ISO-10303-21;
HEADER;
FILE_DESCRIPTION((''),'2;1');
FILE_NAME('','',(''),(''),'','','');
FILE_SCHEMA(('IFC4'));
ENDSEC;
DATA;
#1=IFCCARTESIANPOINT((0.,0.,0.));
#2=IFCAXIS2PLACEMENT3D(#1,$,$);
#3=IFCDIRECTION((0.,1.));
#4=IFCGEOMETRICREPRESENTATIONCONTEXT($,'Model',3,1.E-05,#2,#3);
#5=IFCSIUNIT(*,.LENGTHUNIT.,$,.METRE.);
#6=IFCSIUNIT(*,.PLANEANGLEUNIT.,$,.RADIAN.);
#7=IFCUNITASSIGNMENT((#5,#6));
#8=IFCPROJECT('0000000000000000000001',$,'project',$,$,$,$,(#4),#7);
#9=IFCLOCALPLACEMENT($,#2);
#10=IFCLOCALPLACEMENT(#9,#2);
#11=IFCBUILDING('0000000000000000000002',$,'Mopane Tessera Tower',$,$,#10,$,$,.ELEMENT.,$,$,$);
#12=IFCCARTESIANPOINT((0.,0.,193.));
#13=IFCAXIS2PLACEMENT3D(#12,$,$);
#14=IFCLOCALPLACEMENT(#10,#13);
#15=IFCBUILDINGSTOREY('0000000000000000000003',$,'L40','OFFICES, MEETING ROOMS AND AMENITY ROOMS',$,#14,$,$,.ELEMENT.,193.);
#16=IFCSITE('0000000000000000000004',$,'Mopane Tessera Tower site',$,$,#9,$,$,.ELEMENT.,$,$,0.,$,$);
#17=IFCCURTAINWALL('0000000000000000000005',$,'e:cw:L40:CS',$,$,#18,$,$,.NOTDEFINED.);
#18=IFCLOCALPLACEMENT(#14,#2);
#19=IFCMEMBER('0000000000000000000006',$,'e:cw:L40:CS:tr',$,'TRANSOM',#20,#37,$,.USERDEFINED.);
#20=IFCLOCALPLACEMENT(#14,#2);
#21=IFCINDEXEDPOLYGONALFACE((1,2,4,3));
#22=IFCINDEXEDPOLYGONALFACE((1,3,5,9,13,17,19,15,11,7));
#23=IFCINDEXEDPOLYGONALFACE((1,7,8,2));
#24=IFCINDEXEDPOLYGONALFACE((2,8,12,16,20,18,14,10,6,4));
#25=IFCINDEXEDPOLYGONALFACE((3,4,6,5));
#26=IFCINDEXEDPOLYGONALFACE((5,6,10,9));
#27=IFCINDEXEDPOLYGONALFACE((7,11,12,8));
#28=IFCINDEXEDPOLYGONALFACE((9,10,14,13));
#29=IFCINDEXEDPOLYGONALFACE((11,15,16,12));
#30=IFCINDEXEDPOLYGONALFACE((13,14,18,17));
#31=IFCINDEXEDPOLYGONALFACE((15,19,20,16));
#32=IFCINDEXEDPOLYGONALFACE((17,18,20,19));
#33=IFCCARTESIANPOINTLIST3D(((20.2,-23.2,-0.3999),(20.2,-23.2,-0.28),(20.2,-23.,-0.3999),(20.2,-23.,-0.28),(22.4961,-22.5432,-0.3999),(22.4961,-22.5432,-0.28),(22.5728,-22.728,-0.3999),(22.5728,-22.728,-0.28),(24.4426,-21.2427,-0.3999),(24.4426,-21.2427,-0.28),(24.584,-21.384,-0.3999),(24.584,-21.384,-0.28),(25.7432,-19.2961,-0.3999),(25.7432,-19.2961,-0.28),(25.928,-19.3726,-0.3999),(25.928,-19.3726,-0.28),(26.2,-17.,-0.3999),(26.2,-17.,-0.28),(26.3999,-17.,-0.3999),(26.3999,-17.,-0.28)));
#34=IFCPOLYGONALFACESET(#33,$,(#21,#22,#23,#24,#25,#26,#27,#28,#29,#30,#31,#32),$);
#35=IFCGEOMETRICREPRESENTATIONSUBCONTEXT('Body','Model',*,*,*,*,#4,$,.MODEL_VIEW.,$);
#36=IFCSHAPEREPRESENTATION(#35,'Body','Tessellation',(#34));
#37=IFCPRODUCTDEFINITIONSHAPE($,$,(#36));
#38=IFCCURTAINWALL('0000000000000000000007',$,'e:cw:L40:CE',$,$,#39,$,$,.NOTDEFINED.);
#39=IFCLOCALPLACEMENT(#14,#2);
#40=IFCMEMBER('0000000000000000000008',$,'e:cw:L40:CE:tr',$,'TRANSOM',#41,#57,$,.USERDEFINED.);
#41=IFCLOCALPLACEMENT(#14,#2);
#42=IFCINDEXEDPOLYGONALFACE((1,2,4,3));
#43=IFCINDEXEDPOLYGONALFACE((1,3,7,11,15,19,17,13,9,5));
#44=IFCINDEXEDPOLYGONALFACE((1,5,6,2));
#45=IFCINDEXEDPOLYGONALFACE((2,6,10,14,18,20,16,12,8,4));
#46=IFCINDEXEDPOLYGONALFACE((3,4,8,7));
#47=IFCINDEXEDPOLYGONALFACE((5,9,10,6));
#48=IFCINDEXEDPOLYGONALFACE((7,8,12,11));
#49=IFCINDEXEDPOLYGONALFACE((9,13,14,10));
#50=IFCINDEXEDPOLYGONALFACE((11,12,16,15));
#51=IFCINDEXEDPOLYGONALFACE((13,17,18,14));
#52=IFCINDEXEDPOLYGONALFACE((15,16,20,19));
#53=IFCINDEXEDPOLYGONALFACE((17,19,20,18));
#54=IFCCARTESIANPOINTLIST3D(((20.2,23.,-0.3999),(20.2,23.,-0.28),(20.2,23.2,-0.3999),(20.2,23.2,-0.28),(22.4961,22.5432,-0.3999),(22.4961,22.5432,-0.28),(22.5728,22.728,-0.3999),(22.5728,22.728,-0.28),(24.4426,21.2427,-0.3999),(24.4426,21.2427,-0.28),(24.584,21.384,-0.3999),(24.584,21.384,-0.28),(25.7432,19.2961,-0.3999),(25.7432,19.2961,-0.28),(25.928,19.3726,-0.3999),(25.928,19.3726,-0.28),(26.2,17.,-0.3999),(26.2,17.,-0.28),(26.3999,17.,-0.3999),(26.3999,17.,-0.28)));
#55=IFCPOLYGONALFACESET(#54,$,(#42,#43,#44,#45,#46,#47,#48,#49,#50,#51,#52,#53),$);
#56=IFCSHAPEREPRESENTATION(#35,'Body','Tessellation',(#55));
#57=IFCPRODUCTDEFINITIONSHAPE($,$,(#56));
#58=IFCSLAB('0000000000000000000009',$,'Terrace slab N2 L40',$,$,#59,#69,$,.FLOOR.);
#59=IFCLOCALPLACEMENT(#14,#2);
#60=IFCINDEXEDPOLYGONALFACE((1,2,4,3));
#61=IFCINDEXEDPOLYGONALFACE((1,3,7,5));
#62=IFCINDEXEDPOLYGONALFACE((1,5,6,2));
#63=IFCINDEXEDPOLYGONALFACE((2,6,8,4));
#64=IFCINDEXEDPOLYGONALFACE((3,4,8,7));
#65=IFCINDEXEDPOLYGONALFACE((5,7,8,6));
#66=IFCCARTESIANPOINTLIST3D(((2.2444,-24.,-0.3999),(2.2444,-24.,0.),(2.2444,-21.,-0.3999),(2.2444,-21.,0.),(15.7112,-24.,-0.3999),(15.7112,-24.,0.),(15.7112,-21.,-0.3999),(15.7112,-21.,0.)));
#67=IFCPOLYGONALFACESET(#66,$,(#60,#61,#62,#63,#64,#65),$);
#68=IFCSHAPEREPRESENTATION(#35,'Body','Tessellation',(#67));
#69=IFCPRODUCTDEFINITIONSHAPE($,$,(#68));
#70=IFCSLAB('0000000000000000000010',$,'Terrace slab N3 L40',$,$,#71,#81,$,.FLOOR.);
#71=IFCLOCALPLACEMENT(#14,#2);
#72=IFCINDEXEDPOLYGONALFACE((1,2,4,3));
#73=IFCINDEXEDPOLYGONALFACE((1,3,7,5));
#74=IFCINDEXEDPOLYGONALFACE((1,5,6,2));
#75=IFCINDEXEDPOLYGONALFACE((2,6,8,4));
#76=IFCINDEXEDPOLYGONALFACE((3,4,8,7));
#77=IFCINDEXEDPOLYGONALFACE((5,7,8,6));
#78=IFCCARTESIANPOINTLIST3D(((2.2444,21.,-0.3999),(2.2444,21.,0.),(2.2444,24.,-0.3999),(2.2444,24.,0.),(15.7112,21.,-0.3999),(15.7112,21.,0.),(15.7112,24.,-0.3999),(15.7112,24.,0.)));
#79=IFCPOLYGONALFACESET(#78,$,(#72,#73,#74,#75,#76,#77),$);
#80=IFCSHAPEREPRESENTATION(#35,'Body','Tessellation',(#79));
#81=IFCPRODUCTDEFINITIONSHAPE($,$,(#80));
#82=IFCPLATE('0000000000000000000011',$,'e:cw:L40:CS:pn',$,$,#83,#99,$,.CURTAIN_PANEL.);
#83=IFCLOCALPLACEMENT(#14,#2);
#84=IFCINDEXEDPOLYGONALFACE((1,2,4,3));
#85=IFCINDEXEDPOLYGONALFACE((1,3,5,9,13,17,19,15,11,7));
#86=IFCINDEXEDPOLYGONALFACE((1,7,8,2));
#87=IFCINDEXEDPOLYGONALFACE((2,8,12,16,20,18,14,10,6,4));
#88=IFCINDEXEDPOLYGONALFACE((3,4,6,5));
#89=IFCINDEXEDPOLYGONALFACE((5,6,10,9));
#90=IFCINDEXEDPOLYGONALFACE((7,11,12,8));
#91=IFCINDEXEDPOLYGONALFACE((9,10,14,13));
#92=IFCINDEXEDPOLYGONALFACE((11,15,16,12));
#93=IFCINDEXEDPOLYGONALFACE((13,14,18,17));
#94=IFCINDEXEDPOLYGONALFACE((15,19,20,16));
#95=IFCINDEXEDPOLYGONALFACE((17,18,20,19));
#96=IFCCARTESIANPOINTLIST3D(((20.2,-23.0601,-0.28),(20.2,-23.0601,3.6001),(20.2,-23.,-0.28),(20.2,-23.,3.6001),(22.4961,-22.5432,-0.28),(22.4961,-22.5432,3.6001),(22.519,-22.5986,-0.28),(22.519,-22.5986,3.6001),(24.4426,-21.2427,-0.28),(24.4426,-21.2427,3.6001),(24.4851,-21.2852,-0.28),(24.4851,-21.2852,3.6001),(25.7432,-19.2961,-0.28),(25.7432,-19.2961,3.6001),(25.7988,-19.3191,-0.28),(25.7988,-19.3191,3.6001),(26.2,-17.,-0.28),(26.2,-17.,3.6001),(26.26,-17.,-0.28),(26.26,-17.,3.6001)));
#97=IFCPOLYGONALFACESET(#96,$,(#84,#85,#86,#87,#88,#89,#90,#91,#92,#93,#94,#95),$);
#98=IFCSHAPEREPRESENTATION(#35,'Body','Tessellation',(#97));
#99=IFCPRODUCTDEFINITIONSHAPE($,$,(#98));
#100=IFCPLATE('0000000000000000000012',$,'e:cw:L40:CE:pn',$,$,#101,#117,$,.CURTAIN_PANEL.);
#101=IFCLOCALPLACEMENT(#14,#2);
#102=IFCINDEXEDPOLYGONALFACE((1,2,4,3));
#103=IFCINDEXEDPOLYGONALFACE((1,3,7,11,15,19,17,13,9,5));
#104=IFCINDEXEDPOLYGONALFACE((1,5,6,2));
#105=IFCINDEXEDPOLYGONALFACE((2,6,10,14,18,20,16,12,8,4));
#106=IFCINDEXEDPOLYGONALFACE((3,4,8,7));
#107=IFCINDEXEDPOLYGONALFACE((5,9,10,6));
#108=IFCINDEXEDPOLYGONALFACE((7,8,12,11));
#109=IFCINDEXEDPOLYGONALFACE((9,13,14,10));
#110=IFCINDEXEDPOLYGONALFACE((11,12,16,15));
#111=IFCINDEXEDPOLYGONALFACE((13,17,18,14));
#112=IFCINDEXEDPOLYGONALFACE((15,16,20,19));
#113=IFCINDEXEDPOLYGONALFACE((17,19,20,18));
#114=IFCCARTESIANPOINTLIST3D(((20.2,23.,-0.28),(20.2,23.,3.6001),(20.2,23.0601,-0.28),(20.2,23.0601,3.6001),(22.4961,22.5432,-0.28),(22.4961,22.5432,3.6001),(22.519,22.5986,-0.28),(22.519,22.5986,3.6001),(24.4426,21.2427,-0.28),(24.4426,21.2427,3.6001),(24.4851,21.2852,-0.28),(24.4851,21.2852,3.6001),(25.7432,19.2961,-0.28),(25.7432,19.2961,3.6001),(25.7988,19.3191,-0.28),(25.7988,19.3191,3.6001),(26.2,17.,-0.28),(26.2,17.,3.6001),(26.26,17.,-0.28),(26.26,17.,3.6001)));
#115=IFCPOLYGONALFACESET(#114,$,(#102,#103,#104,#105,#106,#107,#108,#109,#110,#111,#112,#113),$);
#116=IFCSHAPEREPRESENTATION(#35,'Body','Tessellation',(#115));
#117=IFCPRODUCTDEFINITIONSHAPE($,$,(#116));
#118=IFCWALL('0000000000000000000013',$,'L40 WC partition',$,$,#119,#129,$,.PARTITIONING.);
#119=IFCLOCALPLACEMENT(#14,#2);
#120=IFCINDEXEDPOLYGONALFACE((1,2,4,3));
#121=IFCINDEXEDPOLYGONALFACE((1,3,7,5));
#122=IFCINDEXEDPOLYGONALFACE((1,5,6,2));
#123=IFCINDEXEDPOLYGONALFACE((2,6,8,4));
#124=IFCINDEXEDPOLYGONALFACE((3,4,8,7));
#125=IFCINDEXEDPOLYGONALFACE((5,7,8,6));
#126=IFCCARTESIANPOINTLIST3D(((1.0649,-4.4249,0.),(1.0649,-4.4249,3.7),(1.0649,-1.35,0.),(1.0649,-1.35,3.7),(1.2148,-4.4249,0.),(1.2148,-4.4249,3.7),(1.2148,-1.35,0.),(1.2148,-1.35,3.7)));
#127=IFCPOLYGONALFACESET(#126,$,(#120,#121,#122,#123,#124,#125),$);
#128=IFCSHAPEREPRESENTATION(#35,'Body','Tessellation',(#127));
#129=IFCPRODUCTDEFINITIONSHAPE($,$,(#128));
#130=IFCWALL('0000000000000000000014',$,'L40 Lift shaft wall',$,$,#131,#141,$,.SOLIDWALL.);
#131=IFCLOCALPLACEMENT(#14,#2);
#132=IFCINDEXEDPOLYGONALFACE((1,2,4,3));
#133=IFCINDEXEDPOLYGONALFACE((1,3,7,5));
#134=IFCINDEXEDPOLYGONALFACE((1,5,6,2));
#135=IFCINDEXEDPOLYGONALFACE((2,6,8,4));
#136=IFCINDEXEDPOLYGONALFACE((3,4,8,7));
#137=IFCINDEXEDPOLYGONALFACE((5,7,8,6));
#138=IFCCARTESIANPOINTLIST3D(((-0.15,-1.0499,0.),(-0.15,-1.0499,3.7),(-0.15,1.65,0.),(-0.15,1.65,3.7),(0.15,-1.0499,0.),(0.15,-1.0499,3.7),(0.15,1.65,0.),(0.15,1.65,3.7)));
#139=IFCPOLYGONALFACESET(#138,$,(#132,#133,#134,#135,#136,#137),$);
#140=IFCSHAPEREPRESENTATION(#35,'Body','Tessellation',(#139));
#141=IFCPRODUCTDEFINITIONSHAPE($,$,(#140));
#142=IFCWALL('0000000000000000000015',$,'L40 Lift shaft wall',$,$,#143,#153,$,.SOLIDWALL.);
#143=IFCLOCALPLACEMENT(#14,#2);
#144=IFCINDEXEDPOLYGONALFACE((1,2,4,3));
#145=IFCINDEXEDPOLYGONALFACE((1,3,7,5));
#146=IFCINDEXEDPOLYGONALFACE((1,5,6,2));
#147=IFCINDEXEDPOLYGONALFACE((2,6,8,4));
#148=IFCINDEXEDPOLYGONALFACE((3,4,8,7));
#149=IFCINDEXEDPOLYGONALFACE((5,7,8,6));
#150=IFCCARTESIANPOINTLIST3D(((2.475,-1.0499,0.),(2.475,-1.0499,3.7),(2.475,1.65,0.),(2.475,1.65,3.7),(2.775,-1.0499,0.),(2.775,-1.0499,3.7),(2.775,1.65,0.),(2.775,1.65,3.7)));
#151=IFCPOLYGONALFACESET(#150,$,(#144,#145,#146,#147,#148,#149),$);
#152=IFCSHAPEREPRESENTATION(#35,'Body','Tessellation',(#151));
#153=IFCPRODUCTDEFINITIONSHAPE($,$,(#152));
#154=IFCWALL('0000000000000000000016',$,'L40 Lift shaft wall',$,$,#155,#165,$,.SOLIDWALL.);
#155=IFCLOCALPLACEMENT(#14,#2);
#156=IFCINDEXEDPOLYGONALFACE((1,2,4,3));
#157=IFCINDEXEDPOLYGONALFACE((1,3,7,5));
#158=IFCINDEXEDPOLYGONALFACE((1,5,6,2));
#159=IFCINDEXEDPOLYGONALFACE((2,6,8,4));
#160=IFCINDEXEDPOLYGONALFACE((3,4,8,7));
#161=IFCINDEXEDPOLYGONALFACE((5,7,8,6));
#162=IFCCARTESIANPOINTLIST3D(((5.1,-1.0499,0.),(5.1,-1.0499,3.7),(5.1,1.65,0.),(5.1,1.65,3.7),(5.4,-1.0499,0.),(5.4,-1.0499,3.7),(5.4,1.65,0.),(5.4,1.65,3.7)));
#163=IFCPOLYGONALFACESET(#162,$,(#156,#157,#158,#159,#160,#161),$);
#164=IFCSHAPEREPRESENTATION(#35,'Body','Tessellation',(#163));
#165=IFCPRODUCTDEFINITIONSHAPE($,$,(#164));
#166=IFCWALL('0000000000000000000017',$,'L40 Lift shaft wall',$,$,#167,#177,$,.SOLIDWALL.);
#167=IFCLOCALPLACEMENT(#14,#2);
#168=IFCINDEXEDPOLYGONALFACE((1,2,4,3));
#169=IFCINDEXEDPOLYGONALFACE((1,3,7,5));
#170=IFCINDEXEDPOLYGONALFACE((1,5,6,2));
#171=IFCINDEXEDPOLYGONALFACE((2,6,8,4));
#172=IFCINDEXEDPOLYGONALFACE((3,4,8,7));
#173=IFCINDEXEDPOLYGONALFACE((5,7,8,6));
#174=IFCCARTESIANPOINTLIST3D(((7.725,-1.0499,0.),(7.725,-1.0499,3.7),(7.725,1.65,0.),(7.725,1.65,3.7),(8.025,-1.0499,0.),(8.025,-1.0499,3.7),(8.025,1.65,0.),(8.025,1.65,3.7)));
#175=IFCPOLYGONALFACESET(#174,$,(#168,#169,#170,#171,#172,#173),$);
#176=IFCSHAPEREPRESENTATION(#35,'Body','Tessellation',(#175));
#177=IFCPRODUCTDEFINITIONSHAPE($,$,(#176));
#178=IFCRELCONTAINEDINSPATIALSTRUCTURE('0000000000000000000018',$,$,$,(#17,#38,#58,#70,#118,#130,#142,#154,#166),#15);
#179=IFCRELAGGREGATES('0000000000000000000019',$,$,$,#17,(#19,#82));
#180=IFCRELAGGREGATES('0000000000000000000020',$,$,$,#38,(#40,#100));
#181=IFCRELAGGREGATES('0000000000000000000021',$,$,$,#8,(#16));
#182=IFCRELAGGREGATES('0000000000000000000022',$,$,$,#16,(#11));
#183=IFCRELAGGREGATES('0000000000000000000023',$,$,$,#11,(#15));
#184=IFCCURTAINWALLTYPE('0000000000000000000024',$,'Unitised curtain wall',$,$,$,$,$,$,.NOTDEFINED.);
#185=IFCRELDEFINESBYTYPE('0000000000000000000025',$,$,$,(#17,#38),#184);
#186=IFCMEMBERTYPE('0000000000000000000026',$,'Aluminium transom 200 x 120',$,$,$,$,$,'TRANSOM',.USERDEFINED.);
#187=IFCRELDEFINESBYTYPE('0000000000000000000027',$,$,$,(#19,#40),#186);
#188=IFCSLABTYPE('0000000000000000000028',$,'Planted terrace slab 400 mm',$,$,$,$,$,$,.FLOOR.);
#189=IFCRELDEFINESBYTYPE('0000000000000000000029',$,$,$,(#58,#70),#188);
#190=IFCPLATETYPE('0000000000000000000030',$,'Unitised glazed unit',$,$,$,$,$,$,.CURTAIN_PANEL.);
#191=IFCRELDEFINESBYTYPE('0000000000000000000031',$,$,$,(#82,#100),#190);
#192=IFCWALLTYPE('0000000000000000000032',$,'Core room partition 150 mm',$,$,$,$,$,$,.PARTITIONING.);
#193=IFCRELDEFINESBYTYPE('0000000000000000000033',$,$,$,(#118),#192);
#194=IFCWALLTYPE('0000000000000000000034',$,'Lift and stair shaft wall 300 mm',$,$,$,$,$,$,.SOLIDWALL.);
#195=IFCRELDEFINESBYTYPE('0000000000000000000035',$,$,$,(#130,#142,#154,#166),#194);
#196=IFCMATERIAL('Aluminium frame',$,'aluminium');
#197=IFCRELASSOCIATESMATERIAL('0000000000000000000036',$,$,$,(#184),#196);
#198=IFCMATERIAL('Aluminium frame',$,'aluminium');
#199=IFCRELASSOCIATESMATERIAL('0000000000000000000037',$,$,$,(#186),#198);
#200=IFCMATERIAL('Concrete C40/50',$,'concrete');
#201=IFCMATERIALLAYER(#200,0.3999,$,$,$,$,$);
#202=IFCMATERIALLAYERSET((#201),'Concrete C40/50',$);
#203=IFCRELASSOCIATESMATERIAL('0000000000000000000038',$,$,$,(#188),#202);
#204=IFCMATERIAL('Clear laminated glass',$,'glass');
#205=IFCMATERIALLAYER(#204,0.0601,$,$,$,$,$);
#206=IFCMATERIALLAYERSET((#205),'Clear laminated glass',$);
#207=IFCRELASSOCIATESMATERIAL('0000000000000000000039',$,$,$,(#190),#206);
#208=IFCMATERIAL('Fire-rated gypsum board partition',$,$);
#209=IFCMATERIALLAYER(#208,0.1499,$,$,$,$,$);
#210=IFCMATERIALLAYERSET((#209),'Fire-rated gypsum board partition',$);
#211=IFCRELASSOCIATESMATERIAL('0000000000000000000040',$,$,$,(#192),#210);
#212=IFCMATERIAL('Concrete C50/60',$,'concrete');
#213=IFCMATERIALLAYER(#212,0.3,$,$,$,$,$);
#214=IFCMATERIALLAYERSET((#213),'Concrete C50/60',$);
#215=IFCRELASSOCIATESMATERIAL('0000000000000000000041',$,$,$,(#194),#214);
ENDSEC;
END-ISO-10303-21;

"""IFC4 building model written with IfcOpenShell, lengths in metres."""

from ifc_helpers import new_model, si_unit, direction, frame, frame_2d, origin, origin_2d, place, context, subcontext, project, spatial, polyline, rectangle, outline, extrude, material, layer, layer_set, material_profile, profile_set, type_object, element, aggregate, save


model = new_model("IFC4")

# Units and contexts
model_context = context("Model", 3, precision=1e-05, world=origin(), true_north=direction((0.0, 1.0)))
body_context = subcontext(model_context, "Body", "Model", "MODEL_VIEW")
ifc_project = project(units=[si_unit("LENGTHUNIT", "METRE"), si_unit("PLANEANGLEUNIT", "RADIAN")], contexts=[model_context])

# Site, building, storey
site_placement = place(None, origin())
site = spatial("IfcSite", under=ifc_project, at=site_placement, Name="Mopane Tessera Tower site", CompositionType="ELEMENT", RefElevation=0.0)
building_placement = place(site_placement, origin())
building = spatial("IfcBuilding", under=site, at=building_placement, Name="Mopane Tessera Tower", CompositionType="ELEMENT")
storey_placement = place(building_placement, frame((0.0, 0.0, 193.0)))
storey = spatial("IfcBuildingStorey", under=building, at=storey_placement, Name="L40", Description="OFFICES, MEETING ROOMS AND AMENITY ROOMS", CompositionType="ELEMENT", Elevation=193.0)

# Curtain walls, members
ifc_material_1 = material(Name="Aluminium frame", Category="aluminium")
curtain_wall_type = type_object("IfcCurtainWallType", Name="Unitised curtain wall", PredefinedType="NOTDEFINED", material=ifc_material_1)
curtain_wall_1_placement = place(storey_placement, origin())
curtain_wall_1 = element("IfcCurtainWall", 1, at=curtain_wall_1_placement, inside=storey, type_object=curtain_wall_type, Name="e:cw:L40:CS", PredefinedType="NOTDEFINED")
ifc_material_2 = material(Name="Aluminium frame", Category="aluminium")
ifc_material_profile = material_profile(ifc_material_2, rectangle(XDim=0.2, YDim=0.1201, at=origin_2d()))
ifc_profile_set = profile_set([ifc_material_profile], Name="Aluminium frame")
member_type = type_object("IfcMemberType", Name="Aluminium transom 200 x 120", ElementType="TRANSOM", PredefinedType="USERDEFINED", material=ifc_profile_set)
member_1_placement = place(storey_placement, frame((0.0, 0.0, -0.3999)))
member_1 = element("IfcMember", 2, at=member_1_placement, type_object=member_type, Name="e:cw:L40:CS:tr", ObjectType="TRANSOM", PredefinedType="USERDEFINED", context=body_context, shape_type="SweptSolid", body=[
    extrude(outline(polyline([(20.2, -23.0), (22.4961, -22.5432), (24.4426, -21.2427), (25.7432, -19.2961), (26.2, -17.0), (26.3999, -17.0), (25.928, -19.3726), (24.584, -21.384), (22.5728, -22.728), (20.2, -23.2), (20.2, -23.0)])), origin(), (0.0, 0.0, 1.0), 0.1199),
])
curtain_wall_2_placement = place(storey_placement, origin())
curtain_wall_2 = element("IfcCurtainWall", 3, at=curtain_wall_2_placement, inside=storey, type_object=curtain_wall_type, Name="e:cw:L40:CE", PredefinedType="NOTDEFINED")
member_2_placement = place(storey_placement, frame((0.0, 0.0, -0.3999)))
member_2 = element("IfcMember", 4, at=member_2_placement, type_object=member_type, Name="e:cw:L40:CE:tr", ObjectType="TRANSOM", PredefinedType="USERDEFINED", context=body_context, shape_type="SweptSolid", body=[
    extrude(outline(polyline([(26.2, 17.0), (25.7432, 19.2961), (24.4426, 21.2427), (22.4961, 22.5432), (20.2, 23.0), (20.2, 23.2), (22.5728, 22.728), (24.584, 21.384), (25.928, 19.3726), (26.3999, 17.0), (26.2, 17.0)])), origin(), (0.0, 0.0, 1.0), 0.1199),
])

# Slabs
ifc_material_3 = material(Name="Concrete C40/50", Category="concrete")
ifc_layer_1 = layer(ifc_material_3, 0.3999)
ifc_layer_set_1 = layer_set([ifc_layer_1], Name="Concrete C40/50")
slab_type = type_object("IfcSlabType", Name="Planted terrace slab 400 mm", PredefinedType="FLOOR", material=ifc_layer_set_1)
slab_1_placement = place(storey_placement, frame((0.0, 0.0, -0.3999)))
element("IfcSlab", 5, at=slab_1_placement, inside=storey, type_object=slab_type, Name="Terrace slab N2 L40", PredefinedType="FLOOR", context=body_context, shape_type="SweptSolid", body=[
    extrude(outline(polyline([(15.7112, -24.0), (15.7112, -21.0), (2.2444, -21.0), (2.2444, -24.0), (15.7112, -24.0)])), origin(), (0.0, 0.0, 1.0), 0.3999),
])
slab_2_placement = place(storey_placement, frame((0.0, 0.0, -0.3999)))
element("IfcSlab", 6, at=slab_2_placement, inside=storey, type_object=slab_type, Name="Terrace slab N3 L40", PredefinedType="FLOOR", context=body_context, shape_type="SweptSolid", body=[
    extrude(outline(polyline([(2.2444, 24.0), (2.2444, 21.0), (15.7112, 21.0), (15.7112, 24.0), (2.2444, 24.0)])), origin(), (0.0, 0.0, 1.0), 0.3999),
])

# Plates
ifc_material_4 = material(Name="Clear laminated glass", Category="glass")
ifc_layer_2 = layer(ifc_material_4, 0.0601)
ifc_layer_set_2 = layer_set([ifc_layer_2], Name="Clear laminated glass")
plate_type = type_object("IfcPlateType", Name="Unitised glazed unit", PredefinedType="CURTAIN_PANEL", material=ifc_layer_set_2)
plate_1_placement = place(storey_placement, frame((0.0, 0.0, -0.28)))
plate_1 = element("IfcPlate", 7, at=plate_1_placement, type_object=plate_type, Name="e:cw:L40:CS:pn", PredefinedType="CURTAIN_PANEL", context=body_context, shape_type="SweptSolid", body=[
    extrude(outline(polyline([(20.2, -23.0), (22.4961, -22.5432), (24.4426, -21.2427), (25.7432, -19.2961), (26.2, -17.0), (26.26, -17.0), (25.7988, -19.3191), (24.4851, -21.2852), (22.519, -22.5986), (20.2, -23.0601), (20.2, -23.0)])), origin(), (0.0, 0.0, 1.0), 3.8801),
])
aggregate(curtain_wall_1, [member_1, plate_1])
plate_2_placement = place(storey_placement, frame((0.0, 0.0, -0.28)))
plate_2 = element("IfcPlate", 8, at=plate_2_placement, type_object=plate_type, Name="e:cw:L40:CE:pn", PredefinedType="CURTAIN_PANEL", context=body_context, shape_type="SweptSolid", body=[
    extrude(outline(polyline([(26.2, 17.0), (25.7432, 19.2961), (24.4426, 21.2427), (22.4961, 22.5432), (20.2, 23.0), (20.2, 23.0601), (22.519, 22.5986), (24.4851, 21.2852), (25.7988, 19.3191), (26.26, 17.0), (26.2, 17.0)])), origin(), (0.0, 0.0, 1.0), 3.8801),
])
aggregate(curtain_wall_2, [member_2, plate_2])

# Walls
ifc_material_5 = material(Name="Fire-rated gypsum board partition")
ifc_layer_3 = layer(ifc_material_5, 0.1499)
ifc_layer_set_3 = layer_set([ifc_layer_3], Name="Fire-rated gypsum board partition")
wall_type_1 = type_object("IfcWallType", Name="Core room partition 150 mm", PredefinedType="PARTITIONING", material=ifc_layer_set_3)
wall_1_placement = place(storey_placement, frame((1.1399, -4.425, 0.0), z_axis=(0.0, 0.0, 1.0), x_axis=(0.0, 1.0, 0.0)))
element("IfcWall", 9, at=wall_1_placement, inside=storey, type_object=wall_type_1, Name="L40 WC partition", PredefinedType="PARTITIONING", context=body_context, shape_type="SweptSolid", body=[
    extrude(rectangle(XDim=3.075, YDim=0.1499, at=frame_2d((1.5376, 0.0))), origin(), (0.0, 0.0, 1.0), 3.7),
])
ifc_material_6 = material(Name="Concrete C50/60", Category="concrete")
ifc_layer_4 = layer(ifc_material_6, 0.3)
ifc_layer_set_4 = layer_set([ifc_layer_4], Name="Concrete C50/60")
wall_type_2 = type_object("IfcWallType", Name="Lift and stair shaft wall 300 mm", PredefinedType="SOLIDWALL", material=ifc_layer_set_4)
for number, where, z_axis, x_axis, name in (
    (10, (0.0, -1.05, 0.0), (0.0, 0.0, 1.0), (0.0, 1.0, 0.0), "L40 Lift shaft wall"),
    (11, (2.625, -1.05, 0.0), (0.0, 0.0, 1.0), (0.0, 1.0, 0.0), "L40 Lift shaft wall"),
    (12, (5.25, -1.05, 0.0), (0.0, 0.0, 1.0), (0.0, 1.0, 0.0), "L40 Lift shaft wall"),
    (13, (7.875, -1.05, 0.0), (0.0, 0.0, 1.0), (0.0, 1.0, 0.0), "L40 Lift shaft wall"),
):
    element("IfcWall", number, at=place(storey_placement, frame(where, z_axis=z_axis, x_axis=x_axis)), inside=storey, type_object=wall_type_2, Name=name, PredefinedType="SOLIDWALL", context=body_context, shape_type="SweptSolid", body=[
        extrude(rectangle(XDim=2.7, YDim=0.3, at=frame_2d((1.3501, 0.0))), origin(), (0.0, 0.0, 1.0), 3.7),
    ])

save(model, "model.ifc")
